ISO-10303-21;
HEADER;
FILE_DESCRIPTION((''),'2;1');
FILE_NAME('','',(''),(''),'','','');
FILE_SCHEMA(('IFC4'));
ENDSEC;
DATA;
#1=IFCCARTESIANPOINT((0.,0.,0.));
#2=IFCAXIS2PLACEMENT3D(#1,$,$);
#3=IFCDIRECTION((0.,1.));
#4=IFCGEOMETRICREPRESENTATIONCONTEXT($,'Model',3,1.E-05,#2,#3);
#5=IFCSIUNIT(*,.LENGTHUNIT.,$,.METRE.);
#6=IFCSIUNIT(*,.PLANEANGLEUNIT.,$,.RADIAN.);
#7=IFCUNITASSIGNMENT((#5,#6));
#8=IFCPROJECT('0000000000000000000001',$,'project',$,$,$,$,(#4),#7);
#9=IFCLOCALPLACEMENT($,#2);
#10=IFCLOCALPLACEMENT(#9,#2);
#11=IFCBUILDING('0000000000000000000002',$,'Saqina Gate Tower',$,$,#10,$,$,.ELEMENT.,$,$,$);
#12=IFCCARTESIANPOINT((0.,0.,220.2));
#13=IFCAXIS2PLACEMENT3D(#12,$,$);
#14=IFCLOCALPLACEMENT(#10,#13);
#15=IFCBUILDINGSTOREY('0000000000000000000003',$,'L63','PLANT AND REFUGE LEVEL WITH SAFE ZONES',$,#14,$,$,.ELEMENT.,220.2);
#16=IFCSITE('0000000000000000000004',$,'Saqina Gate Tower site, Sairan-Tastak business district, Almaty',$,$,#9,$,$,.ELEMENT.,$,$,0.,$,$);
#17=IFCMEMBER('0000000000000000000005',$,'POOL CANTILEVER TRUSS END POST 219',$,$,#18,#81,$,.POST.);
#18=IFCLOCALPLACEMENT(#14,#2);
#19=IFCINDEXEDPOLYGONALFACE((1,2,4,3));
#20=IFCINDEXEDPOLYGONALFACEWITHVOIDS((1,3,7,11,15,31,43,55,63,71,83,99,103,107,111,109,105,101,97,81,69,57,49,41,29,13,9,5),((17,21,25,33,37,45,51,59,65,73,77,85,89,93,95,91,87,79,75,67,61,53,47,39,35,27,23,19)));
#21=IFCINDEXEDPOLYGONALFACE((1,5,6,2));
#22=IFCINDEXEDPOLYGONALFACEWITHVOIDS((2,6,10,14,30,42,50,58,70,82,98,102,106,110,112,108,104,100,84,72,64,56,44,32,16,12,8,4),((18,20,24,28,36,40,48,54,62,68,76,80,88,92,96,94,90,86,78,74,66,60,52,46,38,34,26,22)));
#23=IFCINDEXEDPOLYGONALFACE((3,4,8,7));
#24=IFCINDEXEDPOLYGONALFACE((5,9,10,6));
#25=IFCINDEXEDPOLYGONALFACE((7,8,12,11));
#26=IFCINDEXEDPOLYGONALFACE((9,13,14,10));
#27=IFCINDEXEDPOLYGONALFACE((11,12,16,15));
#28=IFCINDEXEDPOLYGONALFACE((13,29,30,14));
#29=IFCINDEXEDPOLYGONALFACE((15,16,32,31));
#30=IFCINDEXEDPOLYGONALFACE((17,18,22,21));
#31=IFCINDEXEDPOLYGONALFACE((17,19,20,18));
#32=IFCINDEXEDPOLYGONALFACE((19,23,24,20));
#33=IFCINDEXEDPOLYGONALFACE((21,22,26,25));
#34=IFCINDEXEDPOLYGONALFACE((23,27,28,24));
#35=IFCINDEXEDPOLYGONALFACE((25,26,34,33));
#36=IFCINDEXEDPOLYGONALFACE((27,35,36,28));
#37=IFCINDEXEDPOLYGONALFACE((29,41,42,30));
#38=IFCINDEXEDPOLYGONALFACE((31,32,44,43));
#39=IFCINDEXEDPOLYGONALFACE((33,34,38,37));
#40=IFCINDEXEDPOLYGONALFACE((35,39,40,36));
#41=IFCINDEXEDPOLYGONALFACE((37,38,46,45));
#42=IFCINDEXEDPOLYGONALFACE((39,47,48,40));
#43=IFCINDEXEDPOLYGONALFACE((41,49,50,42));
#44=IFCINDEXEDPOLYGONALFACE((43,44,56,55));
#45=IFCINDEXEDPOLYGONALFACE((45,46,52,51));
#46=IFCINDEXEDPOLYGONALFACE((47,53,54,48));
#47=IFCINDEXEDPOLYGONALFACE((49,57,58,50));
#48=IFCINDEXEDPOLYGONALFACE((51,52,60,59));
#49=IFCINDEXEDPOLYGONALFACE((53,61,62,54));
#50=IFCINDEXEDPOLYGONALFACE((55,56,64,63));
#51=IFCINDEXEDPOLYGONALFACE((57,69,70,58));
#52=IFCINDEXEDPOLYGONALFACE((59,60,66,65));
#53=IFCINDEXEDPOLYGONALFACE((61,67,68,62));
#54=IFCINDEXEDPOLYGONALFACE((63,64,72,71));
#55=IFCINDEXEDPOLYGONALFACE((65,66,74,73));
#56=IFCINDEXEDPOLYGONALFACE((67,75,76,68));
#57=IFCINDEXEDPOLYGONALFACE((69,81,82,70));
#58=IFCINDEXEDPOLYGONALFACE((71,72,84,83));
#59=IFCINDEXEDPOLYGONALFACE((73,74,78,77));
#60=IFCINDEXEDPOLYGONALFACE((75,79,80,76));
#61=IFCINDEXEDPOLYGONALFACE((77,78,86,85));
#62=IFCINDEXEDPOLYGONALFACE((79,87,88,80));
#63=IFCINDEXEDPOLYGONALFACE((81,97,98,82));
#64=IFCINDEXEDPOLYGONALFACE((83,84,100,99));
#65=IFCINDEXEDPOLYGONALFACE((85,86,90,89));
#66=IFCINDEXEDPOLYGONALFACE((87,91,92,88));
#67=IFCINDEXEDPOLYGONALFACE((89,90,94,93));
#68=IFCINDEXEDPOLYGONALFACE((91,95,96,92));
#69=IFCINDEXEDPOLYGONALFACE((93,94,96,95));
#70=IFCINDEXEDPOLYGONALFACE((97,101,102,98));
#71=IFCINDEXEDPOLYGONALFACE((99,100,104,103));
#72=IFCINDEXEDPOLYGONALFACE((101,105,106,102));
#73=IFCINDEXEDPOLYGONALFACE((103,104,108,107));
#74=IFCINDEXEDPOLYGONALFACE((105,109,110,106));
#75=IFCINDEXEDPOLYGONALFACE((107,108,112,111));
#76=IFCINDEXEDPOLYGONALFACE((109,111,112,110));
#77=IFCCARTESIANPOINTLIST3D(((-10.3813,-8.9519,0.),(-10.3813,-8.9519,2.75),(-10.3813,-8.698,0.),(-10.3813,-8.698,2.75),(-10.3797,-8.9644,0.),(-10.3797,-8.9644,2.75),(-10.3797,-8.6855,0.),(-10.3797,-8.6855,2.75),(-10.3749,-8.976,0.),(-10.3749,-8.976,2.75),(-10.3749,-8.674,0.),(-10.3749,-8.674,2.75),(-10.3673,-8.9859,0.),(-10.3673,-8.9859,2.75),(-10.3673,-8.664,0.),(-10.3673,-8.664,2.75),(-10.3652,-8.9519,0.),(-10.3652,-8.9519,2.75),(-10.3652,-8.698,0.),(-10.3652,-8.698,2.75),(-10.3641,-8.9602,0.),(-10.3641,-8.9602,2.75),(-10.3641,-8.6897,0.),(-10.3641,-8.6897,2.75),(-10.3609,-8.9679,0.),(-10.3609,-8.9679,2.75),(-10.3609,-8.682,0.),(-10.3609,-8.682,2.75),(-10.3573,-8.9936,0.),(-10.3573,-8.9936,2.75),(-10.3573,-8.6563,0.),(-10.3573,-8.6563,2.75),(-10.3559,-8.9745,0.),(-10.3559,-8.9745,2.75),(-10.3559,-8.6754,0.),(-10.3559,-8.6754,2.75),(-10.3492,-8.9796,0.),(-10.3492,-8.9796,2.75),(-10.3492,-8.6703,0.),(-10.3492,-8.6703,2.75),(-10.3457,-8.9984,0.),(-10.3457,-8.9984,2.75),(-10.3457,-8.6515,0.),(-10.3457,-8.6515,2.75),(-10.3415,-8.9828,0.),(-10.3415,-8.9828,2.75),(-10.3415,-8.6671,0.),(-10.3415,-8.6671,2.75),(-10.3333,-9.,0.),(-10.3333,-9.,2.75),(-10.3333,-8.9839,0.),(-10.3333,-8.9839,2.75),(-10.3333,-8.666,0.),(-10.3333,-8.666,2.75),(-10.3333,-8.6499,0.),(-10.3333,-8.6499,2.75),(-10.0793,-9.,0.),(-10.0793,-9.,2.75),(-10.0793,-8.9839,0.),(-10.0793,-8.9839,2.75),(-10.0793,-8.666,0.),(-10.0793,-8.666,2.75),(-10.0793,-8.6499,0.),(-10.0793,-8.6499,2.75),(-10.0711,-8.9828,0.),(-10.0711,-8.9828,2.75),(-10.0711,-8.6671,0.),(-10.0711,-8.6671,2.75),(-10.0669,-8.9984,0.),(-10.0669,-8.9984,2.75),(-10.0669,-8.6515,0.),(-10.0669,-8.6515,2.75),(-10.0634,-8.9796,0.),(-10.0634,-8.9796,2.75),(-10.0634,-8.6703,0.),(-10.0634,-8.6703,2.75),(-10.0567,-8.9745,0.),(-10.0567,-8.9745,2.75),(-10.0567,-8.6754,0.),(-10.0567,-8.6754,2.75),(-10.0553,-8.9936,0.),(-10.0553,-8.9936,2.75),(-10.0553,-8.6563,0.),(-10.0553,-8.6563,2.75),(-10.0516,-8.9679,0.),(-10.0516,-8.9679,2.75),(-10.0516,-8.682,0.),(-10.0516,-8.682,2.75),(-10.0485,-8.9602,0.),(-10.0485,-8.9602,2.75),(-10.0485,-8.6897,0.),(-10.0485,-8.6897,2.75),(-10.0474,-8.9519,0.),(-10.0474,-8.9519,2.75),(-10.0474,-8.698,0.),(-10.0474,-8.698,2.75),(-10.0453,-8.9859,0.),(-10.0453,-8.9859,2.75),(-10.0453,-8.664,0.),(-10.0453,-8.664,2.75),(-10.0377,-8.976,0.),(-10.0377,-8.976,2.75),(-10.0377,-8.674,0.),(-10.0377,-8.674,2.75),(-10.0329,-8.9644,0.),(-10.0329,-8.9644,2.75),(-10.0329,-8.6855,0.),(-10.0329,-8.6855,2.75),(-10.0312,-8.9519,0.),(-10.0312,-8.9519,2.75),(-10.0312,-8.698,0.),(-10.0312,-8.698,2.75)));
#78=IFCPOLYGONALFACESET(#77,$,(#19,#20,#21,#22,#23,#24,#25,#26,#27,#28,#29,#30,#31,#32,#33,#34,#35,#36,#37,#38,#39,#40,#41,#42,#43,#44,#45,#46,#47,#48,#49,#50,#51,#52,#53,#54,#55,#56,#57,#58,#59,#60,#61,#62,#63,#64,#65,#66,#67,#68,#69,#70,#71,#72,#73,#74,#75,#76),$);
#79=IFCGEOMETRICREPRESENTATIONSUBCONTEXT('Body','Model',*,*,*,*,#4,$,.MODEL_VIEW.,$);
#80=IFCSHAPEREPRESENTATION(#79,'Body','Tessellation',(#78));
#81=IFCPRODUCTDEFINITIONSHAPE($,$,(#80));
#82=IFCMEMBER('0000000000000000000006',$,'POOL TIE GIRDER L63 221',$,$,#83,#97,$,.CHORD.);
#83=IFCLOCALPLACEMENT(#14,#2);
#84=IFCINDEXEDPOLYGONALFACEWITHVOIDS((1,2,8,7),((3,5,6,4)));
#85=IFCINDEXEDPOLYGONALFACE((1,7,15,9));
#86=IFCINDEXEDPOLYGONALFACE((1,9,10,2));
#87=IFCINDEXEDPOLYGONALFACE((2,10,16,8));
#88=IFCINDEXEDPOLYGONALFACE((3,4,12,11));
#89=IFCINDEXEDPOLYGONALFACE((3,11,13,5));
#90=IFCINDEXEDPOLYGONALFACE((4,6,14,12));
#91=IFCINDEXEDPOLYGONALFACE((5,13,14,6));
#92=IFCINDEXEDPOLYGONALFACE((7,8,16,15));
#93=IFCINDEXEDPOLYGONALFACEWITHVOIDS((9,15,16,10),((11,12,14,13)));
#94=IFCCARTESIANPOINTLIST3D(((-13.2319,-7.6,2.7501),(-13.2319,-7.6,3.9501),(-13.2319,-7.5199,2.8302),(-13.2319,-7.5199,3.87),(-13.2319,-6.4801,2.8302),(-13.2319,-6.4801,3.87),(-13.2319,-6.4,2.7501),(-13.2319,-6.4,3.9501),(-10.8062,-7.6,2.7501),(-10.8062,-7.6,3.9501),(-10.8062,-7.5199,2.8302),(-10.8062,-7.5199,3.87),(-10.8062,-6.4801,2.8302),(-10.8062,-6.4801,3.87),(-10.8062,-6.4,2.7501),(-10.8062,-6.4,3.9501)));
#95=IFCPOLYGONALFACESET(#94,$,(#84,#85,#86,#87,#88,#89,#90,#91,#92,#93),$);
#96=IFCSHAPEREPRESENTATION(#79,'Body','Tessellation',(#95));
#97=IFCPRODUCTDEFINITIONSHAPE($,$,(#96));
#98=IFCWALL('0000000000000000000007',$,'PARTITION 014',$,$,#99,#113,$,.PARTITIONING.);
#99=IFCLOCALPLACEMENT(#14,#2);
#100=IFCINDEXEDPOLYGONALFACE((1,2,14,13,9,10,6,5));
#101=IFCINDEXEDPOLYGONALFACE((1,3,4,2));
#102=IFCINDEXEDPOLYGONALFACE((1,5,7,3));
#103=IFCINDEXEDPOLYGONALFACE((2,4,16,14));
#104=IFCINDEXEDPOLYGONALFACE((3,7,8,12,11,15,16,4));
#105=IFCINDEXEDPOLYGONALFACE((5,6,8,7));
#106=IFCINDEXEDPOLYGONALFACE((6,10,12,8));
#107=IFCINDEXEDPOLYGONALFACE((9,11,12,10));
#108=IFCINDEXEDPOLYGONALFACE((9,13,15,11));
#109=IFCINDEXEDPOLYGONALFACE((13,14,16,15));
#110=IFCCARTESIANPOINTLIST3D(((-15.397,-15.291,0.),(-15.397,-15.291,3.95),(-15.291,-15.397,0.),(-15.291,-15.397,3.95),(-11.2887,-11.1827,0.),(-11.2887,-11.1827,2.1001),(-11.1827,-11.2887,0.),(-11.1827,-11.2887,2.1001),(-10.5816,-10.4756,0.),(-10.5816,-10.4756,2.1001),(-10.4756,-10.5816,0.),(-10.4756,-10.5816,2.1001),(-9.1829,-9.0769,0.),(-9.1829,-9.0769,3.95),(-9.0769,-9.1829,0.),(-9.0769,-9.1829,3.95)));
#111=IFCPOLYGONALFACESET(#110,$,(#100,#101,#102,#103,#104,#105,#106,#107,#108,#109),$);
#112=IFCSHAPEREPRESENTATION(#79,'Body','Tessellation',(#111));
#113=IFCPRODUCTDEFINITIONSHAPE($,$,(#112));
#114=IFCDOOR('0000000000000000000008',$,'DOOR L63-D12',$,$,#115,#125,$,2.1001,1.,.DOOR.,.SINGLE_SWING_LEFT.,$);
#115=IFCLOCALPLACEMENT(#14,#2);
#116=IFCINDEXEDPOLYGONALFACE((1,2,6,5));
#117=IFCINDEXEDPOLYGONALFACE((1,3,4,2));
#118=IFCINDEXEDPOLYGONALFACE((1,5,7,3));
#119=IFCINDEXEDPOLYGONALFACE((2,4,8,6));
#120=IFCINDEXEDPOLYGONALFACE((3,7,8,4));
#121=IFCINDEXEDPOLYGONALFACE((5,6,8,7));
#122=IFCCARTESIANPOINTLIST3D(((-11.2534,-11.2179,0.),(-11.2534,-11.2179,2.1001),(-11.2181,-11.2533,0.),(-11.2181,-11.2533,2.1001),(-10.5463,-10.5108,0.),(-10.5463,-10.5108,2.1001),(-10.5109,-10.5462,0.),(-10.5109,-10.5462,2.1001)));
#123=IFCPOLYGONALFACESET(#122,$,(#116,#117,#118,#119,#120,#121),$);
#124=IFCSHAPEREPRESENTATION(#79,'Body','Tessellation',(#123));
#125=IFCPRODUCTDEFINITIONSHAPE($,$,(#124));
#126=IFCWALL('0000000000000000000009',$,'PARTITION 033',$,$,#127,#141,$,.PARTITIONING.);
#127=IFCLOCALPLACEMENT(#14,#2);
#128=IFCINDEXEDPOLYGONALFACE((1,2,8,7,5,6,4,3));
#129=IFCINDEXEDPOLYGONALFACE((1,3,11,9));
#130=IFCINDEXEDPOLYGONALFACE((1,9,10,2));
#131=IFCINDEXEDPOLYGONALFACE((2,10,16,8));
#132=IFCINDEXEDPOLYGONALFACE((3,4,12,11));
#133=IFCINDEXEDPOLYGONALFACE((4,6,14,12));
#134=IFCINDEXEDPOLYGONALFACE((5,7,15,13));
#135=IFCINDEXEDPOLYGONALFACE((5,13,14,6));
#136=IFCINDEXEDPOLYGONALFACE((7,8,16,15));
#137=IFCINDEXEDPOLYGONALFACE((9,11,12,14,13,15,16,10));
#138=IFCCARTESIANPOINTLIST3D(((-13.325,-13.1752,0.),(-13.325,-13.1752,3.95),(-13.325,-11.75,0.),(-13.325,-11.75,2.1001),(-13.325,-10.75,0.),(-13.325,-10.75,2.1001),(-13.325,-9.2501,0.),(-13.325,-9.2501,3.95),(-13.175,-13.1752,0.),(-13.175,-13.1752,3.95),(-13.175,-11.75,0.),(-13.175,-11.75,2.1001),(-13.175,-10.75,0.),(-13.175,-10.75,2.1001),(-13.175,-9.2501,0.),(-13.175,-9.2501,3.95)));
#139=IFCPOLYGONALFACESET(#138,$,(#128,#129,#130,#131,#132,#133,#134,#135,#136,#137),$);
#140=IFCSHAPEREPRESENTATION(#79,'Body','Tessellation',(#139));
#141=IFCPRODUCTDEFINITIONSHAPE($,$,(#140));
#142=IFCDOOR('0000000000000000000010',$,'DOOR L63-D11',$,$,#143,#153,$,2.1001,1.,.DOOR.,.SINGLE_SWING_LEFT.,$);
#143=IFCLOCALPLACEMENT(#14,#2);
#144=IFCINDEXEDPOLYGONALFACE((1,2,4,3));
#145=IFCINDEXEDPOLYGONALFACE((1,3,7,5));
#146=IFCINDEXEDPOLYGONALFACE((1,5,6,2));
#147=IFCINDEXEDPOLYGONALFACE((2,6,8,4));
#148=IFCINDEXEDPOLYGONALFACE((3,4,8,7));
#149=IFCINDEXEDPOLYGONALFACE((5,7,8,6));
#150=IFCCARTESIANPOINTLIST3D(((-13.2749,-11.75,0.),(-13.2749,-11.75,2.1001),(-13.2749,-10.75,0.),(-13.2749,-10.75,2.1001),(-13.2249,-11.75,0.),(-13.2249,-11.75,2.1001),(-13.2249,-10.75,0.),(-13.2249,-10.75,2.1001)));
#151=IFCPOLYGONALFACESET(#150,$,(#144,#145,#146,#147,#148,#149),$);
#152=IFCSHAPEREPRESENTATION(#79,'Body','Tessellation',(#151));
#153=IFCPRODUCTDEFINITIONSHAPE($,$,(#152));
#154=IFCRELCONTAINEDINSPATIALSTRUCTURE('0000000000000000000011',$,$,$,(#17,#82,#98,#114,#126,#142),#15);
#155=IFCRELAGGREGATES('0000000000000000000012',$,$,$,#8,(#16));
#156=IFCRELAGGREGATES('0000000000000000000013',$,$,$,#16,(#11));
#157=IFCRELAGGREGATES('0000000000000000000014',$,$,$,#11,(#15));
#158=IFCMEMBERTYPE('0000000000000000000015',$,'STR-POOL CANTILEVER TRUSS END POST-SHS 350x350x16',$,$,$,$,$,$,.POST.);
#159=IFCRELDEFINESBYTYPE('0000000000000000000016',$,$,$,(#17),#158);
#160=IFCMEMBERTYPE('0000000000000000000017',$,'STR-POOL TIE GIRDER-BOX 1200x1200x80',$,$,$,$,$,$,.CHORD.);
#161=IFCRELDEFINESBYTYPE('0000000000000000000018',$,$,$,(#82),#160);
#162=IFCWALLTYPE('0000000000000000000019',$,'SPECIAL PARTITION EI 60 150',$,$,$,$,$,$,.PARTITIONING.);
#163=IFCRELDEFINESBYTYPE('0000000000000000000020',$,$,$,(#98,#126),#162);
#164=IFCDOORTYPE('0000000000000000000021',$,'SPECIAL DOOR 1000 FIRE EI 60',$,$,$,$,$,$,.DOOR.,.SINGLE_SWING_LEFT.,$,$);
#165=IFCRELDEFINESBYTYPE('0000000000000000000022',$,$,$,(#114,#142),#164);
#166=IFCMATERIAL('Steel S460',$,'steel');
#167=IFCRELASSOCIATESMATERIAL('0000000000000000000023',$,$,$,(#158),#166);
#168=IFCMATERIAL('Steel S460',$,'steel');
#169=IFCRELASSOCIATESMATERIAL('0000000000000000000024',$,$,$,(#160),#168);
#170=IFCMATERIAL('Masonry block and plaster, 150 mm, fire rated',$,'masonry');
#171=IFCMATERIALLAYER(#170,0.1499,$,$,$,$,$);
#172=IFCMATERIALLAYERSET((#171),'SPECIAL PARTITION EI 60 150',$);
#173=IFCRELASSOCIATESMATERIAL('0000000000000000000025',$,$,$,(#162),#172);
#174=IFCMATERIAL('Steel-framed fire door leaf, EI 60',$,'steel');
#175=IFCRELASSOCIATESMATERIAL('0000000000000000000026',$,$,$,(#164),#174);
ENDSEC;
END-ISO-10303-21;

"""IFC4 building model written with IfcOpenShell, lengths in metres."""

from ifc_helpers import new_model, si_unit, direction, frame, frame_2d, origin, origin_2d, place, context, subcontext, project, spatial, rectangle, hollow_rectangle, extrude, material, layer, layer_set, material_profile, profile_set, type_object, element, fill, save


model = new_model("IFC4")

# Units and contexts
model_context = context("Model", 3, precision=1e-05, world=origin(), true_north=direction((0.0, 1.0)))
body_context = subcontext(model_context, "Body", "Model", "MODEL_VIEW")
ifc_project = project(units=[si_unit("LENGTHUNIT", "METRE"), si_unit("PLANEANGLEUNIT", "RADIAN")], contexts=[model_context])

# Site, building, storey
site_placement = place(None, origin())
site = spatial("IfcSite", under=ifc_project, at=site_placement, Name="Saqina Gate Tower site, Sairan-Tastak business district, Almaty", CompositionType="ELEMENT", RefElevation=0.0)
building_placement = place(site_placement, origin())
building = spatial("IfcBuilding", under=site, at=building_placement, Name="Saqina Gate Tower", CompositionType="ELEMENT")
storey_placement = place(building_placement, frame((0.0, 0.0, 220.2)))
storey = spatial("IfcBuildingStorey", under=building, at=storey_placement, Name="L63", Description="PLANT AND REFUGE LEVEL WITH SAFE ZONES", CompositionType="ELEMENT", Elevation=220.2)

# Members
ifc_material_1 = material(Name="Steel S460", Category="steel")
ifc_material_profile_1 = material_profile(ifc_material_1, hollow_rectangle(XDim=0.3501, YDim=0.3501, WallThickness=0.0161, InnerFilletRadius=0.032, OuterFilletRadius=0.0481, at=origin_2d()), Name="SHS 350x350x16")
ifc_profile_set_1 = profile_set([ifc_material_profile_1], Name="Steel S460")
member_type_1 = type_object("IfcMemberType", Name="STR-POOL CANTILEVER TRUSS END POST-SHS 350x350x16", PredefinedType="POST", material=ifc_profile_set_1)
for number, where, z_axis, x_axis, name in (
    (1, (-10.2063, -8.825, 0.0), (0.0, 0.0, 1.0), (1.0, 0.0, 0.0), "POOL CANTILEVER TRUSS END POST 219"),
):
    element("IfcMember", number, at=place(storey_placement, frame(where, z_axis=z_axis, x_axis=x_axis)), inside=storey, type_object=member_type_1, Name=name, PredefinedType="POST", context=body_context, shape_type="SweptSolid", body=[
        extrude(hollow_rectangle(XDim=0.3501, YDim=0.3501, WallThickness=0.0161, InnerFilletRadius=0.032, OuterFilletRadius=0.0481, at=origin_2d()), origin(), (0.0, 0.0, 1.0), 2.75),
    ])
ifc_material_2 = material(Name="Steel S460", Category="steel")
ifc_material_profile_2 = material_profile(ifc_material_2, hollow_rectangle(XDim=1.2, YDim=1.2, WallThickness=0.0801, at=origin_2d()), Name="BOX 1200x1200x80")
ifc_profile_set_2 = profile_set([ifc_material_profile_2], Name="Steel S460")
member_type_2 = type_object("IfcMemberType", Name="STR-POOL TIE GIRDER-BOX 1200x1200x80", PredefinedType="CHORD", material=ifc_profile_set_2)
member_1_placement = place(storey_placement, frame((-10.8062, -7.0, 3.3501), z_axis=(-1.0, 0.0, 0.0), x_axis=(0.0, -1.0, 0.0)))
element("IfcMember", 2, at=member_1_placement, inside=storey, type_object=member_type_2, Name="POOL TIE GIRDER L63 221", PredefinedType="CHORD", context=body_context, shape_type="SweptSolid", body=[
    extrude(hollow_rectangle(XDim=1.2, YDim=1.2, WallThickness=0.0801, at=origin_2d()), origin(), (0.0, 0.0, 1.0), 2.4258),
])

# Walls, openings, doors
ifc_material_3 = material(Name="Masonry block and plaster, 150 mm, fire rated", Category="masonry")
ifc_layer_1 = layer(ifc_material_3, 0.1499)
ifc_layer_set_1 = layer_set([ifc_layer_1], Name="SPECIAL PARTITION EI 60 150")
wall_type_1 = type_object("IfcWallType", Name="SPECIAL PARTITION EI 60 150", PredefinedType="PARTITIONING", material=ifc_layer_set_1)
wall_1_placement = place(storey_placement, frame((-15.344, -15.344, 0.0), z_axis=(0.0, 0.0, 1.0), x_axis=(0.707107, 0.707107, 0.0)))
wall_1 = element("IfcWall", 3, at=wall_1_placement, inside=storey, type_object=wall_type_1, Name="PARTITION 014", PredefinedType="PARTITIONING", context=body_context, shape_type="SweptSolid", body=[
    extrude(rectangle(XDim=8.7881, YDim=0.1499, at=frame_2d((4.394, 0.0))), origin(), (0.0, 0.0, 1.0), 3.95),
])
opening_1_placement = place(wall_1_placement, frame((5.8101, 0.0, 0.0)))
opening_1 = element("IfcOpeningElement", 4, at=opening_1_placement, cuts=wall_1, PredefinedType="OPENING", context=body_context, shape_type="SweptSolid", body=[
    extrude(rectangle(XDim=1.0, YDim=2.1001, at=frame_2d((0.5, 1.05))), frame((0.0, 0.0869, 0.0), z_axis=(0.0, -1.0, 0.0), x_axis=(1.0, 0.0, 0.0)), (0.0, 0.0, 1.0), 0.1738),
])
ifc_material_4 = material(Name="Steel-framed fire door leaf, EI 60", Category="steel")
door_type_1 = type_object("IfcDoorType", Name="SPECIAL DOOR 1000 FIRE EI 60", OperationType="SINGLE_SWING_LEFT", PredefinedType="DOOR", material=ifc_material_4)
door_1_placement = place(opening_1_placement, frame((1.0, 0.0, 0.0), z_axis=(0.0, 0.0, 1.0), x_axis=(-1.0, 0.0, 0.0)))
door_1 = element("IfcDoor", 5, at=door_1_placement, inside=storey, type_object=door_type_1, Name="DOOR L63-D12", OperationType="SINGLE_SWING_LEFT", OverallHeight=2.1001, OverallWidth=1.0, PredefinedType="DOOR", context=body_context, shape_type="SweptSolid", body=[
    extrude(rectangle(XDim=1.0, YDim=2.1001, at=frame_2d((0.5, 1.05))), frame((0.0, 0.0249, 0.0), z_axis=(0.0, -1.0, 0.0), x_axis=(1.0, 0.0, 0.0)), (0.0, 0.0, 1.0), 0.05),
])
fill(opening_1, door_1)
wall_2_placement = place(storey_placement, frame((-13.25, -13.175, 0.0), z_axis=(0.0, 0.0, 1.0), x_axis=(0.0, 1.0, 0.0)))
wall_2 = element("IfcWall", 6, at=wall_2_placement, inside=storey, type_object=wall_type_1, Name="PARTITION 033", PredefinedType="PARTITIONING", context=body_context, shape_type="SweptSolid", body=[
    extrude(rectangle(XDim=3.925, YDim=0.1499, at=frame_2d((1.9624, 0.0))), origin(), (0.0, 0.0, 1.0), 3.95),
])
opening_2_placement = place(wall_2_placement, frame((1.425, 0.0, 0.0)))
opening_2 = element("IfcOpeningElement", 7, at=opening_2_placement, cuts=wall_2, PredefinedType="OPENING", context=body_context, shape_type="SweptSolid", body=[
    extrude(rectangle(XDim=1.0, YDim=2.1001, at=frame_2d((0.5, 1.05))), frame((0.0, 0.0869, 0.0), z_axis=(0.0, -1.0, 0.0), x_axis=(1.0, 0.0, 0.0)), (0.0, 0.0, 1.0), 0.1738),
])
door_2_placement = place(opening_2_placement, origin())
door_2 = element("IfcDoor", 8, at=door_2_placement, inside=storey, type_object=door_type_1, Name="DOOR L63-D11", OperationType="SINGLE_SWING_LEFT", OverallHeight=2.1001, OverallWidth=1.0, PredefinedType="DOOR", context=body_context, shape_type="SweptSolid", body=[
    extrude(rectangle(XDim=1.0, YDim=2.1001, at=frame_2d((0.5, 1.05))), frame((0.0, 0.0249, 0.0), z_axis=(0.0, -1.0, 0.0), x_axis=(1.0, 0.0, 0.0)), (0.0, 0.0, 1.0), 0.05),
])
fill(opening_2, door_2)

save(model, "model.ifc")
